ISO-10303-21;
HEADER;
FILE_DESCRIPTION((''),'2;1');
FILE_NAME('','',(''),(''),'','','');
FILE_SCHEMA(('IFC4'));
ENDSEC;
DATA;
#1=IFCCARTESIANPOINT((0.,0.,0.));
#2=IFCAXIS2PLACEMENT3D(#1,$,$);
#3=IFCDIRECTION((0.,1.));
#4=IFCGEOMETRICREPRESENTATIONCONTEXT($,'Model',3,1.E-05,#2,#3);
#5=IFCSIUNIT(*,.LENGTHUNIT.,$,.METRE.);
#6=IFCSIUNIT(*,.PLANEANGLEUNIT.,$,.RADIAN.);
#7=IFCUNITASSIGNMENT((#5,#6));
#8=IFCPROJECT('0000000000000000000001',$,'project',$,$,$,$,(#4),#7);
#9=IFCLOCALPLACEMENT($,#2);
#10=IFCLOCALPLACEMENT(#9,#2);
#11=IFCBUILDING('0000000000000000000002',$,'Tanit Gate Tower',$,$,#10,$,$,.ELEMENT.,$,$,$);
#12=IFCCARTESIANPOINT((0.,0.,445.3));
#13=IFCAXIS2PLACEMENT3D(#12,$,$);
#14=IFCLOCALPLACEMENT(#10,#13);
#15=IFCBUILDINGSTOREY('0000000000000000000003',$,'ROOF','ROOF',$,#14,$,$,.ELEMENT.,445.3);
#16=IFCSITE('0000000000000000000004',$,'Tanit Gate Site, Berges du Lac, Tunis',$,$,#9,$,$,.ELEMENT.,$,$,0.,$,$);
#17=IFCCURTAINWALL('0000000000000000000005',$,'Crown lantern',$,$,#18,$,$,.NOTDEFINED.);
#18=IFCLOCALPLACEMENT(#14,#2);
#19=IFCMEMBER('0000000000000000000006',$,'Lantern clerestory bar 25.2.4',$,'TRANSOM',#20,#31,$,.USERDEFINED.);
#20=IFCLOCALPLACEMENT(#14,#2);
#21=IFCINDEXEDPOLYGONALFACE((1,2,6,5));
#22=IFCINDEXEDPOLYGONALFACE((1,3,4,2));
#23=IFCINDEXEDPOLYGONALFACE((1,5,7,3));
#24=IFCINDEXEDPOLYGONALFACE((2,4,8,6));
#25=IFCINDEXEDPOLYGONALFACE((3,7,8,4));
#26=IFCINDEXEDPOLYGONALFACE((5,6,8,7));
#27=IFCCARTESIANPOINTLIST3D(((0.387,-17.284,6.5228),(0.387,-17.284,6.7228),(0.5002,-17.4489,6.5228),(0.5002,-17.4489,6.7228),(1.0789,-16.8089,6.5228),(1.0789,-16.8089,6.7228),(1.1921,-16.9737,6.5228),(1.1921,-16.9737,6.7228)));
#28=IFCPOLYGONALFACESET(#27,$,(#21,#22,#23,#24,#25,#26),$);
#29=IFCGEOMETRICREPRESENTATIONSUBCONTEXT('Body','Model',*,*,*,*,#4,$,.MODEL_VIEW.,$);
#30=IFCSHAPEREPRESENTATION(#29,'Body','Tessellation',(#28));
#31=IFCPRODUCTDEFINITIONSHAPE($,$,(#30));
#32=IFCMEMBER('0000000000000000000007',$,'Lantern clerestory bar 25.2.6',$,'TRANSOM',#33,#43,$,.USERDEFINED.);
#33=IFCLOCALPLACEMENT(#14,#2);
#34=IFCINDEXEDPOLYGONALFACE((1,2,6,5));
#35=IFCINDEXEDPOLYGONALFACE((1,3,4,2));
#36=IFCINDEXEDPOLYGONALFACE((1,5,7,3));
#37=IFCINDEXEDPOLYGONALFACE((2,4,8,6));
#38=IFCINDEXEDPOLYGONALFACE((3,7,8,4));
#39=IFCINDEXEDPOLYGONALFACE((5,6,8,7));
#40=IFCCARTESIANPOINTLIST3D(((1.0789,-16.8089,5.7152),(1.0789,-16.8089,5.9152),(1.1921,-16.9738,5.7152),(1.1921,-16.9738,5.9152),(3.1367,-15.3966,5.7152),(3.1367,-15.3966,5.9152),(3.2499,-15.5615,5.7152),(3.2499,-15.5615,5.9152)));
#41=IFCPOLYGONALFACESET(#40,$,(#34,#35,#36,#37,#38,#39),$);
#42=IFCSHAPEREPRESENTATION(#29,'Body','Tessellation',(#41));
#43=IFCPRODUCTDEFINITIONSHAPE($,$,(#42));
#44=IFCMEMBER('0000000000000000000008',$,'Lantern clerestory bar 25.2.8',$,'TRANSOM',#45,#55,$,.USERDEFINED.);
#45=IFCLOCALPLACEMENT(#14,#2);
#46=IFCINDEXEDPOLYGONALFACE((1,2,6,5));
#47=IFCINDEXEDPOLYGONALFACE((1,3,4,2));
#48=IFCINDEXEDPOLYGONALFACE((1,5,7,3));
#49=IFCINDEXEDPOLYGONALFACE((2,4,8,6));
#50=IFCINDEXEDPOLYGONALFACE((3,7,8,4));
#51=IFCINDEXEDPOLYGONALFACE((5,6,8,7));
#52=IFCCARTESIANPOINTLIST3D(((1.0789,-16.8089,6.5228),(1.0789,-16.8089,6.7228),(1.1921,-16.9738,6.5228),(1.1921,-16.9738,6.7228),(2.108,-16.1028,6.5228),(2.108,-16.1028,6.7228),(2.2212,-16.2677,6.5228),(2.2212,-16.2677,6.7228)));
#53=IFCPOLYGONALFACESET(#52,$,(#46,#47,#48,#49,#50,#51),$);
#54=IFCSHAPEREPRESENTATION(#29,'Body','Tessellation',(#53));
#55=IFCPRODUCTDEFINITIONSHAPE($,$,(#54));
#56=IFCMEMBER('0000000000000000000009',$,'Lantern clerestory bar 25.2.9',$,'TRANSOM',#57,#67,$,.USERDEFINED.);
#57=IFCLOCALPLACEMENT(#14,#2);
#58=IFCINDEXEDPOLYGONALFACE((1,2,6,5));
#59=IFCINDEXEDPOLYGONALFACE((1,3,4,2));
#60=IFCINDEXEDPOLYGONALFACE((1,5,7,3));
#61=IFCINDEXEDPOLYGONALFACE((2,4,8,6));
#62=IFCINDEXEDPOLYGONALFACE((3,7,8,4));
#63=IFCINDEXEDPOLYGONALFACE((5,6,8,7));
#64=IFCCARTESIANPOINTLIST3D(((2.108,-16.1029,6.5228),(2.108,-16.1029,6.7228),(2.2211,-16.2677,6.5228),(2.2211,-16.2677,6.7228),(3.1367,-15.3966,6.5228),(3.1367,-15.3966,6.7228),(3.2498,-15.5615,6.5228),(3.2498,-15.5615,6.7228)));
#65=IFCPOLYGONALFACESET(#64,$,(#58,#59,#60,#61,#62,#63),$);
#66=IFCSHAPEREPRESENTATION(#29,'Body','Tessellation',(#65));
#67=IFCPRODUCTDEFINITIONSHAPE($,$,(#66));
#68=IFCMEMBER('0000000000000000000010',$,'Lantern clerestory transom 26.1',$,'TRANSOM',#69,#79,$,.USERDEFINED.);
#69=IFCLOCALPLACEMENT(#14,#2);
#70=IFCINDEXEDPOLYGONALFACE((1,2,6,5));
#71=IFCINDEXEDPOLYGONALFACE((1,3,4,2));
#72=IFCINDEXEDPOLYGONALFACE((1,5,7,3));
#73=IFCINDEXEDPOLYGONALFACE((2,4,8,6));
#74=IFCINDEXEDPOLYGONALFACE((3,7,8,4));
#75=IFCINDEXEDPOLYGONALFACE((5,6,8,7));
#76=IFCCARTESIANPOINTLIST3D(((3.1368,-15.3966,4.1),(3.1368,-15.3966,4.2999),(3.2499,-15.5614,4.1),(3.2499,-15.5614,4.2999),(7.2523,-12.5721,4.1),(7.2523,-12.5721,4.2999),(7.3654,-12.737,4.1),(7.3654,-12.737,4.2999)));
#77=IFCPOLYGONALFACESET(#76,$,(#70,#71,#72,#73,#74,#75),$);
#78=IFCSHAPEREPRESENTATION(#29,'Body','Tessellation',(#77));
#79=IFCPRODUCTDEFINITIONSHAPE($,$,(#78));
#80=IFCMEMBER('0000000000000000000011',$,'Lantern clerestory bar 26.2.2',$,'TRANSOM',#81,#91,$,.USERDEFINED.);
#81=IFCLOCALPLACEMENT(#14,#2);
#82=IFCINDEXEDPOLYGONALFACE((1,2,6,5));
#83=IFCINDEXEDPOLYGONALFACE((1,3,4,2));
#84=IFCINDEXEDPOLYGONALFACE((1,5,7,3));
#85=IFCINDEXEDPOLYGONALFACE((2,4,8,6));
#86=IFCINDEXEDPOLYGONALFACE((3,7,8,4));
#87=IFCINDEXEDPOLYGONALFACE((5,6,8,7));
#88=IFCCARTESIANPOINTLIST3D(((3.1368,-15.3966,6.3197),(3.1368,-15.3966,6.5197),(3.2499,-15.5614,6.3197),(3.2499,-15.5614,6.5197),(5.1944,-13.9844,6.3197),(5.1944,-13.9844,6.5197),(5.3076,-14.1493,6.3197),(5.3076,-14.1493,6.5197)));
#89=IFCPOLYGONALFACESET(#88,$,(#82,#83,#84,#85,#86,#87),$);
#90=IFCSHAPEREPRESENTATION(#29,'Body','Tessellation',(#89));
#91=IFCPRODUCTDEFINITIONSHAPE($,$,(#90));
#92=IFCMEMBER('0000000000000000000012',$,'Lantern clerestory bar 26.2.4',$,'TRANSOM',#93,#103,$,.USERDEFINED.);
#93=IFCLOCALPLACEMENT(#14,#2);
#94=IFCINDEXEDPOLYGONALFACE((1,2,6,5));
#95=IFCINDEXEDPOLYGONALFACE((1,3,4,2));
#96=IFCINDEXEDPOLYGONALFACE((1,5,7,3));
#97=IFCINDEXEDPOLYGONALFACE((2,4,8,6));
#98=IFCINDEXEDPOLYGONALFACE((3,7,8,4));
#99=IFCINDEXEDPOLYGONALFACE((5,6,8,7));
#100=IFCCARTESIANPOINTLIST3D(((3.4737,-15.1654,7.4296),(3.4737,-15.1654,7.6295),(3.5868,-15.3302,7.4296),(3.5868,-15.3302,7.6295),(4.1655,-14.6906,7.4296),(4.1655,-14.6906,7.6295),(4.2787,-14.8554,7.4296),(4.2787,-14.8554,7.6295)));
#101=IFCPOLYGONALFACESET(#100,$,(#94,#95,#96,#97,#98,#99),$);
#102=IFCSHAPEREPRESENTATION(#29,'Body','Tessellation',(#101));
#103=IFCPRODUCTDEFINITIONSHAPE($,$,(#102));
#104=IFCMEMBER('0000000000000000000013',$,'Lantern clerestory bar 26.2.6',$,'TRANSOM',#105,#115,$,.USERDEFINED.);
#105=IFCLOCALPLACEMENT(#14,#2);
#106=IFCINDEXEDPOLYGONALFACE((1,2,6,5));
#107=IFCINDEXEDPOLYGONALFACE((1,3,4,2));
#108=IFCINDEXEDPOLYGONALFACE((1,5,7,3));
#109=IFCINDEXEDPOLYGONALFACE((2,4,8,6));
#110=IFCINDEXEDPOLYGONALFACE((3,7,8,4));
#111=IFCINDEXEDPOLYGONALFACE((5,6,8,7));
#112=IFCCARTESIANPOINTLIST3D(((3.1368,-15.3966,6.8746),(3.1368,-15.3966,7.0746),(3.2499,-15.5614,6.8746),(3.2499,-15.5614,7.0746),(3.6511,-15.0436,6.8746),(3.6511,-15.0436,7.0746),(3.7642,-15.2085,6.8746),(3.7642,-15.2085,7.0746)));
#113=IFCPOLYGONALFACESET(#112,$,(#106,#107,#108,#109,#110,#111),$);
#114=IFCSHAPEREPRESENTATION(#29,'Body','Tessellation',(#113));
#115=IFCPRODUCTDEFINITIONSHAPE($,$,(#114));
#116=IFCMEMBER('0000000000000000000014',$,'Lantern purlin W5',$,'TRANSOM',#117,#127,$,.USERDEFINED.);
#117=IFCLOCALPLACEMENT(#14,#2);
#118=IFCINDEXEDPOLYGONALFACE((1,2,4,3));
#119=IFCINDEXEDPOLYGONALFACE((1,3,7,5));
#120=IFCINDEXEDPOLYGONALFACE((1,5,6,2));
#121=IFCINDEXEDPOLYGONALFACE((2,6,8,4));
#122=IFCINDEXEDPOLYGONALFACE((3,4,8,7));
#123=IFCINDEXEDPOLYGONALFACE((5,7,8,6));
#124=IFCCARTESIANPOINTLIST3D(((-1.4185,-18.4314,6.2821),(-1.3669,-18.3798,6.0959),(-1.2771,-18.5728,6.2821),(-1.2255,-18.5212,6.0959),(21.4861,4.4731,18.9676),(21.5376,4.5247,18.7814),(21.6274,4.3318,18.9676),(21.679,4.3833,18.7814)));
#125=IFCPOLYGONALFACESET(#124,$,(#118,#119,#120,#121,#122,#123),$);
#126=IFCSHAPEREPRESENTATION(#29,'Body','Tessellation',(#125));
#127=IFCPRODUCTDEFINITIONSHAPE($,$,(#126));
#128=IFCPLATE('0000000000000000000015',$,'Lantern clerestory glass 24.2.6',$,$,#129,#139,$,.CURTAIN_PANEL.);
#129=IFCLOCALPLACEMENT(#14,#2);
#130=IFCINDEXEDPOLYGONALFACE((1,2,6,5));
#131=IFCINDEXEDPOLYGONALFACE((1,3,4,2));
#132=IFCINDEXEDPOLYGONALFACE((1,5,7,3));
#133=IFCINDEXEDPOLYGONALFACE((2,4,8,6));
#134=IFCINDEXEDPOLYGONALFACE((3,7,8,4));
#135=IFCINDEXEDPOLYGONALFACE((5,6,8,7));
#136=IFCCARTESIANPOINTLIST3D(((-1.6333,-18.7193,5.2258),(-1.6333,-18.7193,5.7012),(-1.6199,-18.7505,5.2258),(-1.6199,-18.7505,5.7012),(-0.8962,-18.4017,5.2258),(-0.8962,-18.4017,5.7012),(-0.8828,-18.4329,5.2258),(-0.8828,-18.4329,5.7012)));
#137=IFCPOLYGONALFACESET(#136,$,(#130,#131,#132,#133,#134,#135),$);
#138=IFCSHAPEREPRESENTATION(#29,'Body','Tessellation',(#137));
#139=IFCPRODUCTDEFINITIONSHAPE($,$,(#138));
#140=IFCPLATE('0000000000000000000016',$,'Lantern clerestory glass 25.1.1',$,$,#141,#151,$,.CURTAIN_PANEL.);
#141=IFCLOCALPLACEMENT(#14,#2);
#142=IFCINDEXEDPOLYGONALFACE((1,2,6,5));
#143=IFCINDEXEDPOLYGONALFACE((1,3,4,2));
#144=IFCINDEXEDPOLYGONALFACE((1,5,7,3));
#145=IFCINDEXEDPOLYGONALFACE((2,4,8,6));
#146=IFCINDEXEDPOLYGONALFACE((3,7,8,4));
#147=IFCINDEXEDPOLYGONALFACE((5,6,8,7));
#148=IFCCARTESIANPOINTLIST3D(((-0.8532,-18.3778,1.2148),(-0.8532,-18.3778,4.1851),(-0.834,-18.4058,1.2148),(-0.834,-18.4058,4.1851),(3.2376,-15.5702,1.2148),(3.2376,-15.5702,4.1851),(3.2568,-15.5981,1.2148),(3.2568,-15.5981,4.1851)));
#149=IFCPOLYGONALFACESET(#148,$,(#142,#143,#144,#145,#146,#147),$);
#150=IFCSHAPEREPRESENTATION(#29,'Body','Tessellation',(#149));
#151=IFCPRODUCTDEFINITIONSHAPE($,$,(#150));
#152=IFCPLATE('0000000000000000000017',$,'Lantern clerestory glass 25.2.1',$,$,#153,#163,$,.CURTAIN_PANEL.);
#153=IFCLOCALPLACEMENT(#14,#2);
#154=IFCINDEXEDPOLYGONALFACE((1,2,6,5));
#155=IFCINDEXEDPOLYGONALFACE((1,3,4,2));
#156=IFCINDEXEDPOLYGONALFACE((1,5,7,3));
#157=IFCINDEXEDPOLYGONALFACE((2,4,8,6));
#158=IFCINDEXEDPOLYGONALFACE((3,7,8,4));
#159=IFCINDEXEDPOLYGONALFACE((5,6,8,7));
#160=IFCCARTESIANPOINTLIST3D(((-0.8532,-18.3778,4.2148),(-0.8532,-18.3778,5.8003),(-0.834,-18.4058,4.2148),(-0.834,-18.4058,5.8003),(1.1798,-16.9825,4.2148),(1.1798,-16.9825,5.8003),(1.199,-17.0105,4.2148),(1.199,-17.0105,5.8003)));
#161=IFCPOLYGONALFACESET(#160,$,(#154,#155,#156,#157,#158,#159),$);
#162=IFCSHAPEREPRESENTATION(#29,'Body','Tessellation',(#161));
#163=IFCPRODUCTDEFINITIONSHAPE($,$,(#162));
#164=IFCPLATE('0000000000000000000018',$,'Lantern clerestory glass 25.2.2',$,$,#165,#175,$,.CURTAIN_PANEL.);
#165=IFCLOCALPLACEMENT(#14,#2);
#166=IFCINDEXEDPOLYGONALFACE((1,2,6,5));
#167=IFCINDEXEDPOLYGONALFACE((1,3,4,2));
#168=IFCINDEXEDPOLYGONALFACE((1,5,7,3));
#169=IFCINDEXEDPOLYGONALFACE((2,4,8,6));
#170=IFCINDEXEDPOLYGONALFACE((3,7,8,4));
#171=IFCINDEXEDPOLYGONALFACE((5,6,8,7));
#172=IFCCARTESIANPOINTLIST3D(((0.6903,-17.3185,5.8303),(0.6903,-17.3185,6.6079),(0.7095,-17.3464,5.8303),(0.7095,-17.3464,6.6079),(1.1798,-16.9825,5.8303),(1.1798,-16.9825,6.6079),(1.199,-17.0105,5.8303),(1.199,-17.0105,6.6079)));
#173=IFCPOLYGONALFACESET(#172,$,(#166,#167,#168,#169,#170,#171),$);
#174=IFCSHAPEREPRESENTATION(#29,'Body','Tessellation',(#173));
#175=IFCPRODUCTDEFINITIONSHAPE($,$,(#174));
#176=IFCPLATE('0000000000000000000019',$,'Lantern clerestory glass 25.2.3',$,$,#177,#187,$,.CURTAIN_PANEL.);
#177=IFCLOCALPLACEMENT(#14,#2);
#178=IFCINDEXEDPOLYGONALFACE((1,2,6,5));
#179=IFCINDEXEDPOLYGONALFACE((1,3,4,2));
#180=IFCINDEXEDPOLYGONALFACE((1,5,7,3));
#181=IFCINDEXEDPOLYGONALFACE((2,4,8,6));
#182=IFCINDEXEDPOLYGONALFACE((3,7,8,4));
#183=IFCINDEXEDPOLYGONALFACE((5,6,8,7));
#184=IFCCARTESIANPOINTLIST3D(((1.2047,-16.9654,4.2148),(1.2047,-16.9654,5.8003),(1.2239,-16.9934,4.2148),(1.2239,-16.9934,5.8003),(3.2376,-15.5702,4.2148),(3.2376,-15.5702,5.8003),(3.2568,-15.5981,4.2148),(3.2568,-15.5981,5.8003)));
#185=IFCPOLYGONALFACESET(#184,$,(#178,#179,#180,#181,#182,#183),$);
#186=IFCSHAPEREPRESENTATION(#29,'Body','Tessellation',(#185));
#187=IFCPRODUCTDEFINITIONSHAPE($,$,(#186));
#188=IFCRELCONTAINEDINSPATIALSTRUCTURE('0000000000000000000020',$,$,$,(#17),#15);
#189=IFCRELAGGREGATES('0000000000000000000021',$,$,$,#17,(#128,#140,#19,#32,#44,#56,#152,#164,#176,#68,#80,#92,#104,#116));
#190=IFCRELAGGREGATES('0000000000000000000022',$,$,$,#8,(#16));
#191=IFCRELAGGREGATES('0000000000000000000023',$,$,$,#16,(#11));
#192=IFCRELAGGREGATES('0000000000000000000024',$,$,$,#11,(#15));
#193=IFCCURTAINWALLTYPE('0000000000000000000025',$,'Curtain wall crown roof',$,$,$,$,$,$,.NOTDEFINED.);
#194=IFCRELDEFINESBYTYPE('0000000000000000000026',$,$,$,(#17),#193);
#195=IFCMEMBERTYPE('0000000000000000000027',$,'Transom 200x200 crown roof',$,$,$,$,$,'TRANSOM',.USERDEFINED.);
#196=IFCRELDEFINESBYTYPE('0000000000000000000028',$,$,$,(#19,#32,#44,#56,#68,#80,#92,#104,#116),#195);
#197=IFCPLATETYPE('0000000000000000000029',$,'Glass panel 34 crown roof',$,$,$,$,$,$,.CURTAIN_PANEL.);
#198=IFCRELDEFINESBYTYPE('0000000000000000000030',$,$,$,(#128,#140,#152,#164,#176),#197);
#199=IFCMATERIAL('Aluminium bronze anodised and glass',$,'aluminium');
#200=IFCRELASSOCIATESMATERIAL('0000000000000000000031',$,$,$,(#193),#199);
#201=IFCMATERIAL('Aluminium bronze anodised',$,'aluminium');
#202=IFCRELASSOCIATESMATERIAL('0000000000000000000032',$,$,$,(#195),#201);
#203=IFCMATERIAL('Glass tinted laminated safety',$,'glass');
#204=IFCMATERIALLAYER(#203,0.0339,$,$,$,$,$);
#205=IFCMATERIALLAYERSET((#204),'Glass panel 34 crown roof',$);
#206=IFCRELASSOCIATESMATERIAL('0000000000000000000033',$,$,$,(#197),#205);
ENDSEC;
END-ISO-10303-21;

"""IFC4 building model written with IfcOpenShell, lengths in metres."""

from ifc_helpers import new_model, si_unit, direction, frame, origin, origin_2d, place, context, subcontext, project, spatial, polyline, rectangle, outline, extrude, material, layer, layer_set, material_profile, profile_set, type_object, element, aggregate, save


model = new_model("IFC4")

# Units and contexts
model_context = context("Model", 3, precision=1e-05, world=origin(), true_north=direction((0.0, 1.0)))
body_context = subcontext(model_context, "Body", "Model", "MODEL_VIEW")
ifc_project = project(units=[si_unit("LENGTHUNIT", "METRE"), si_unit("PLANEANGLEUNIT", "RADIAN")], contexts=[model_context])

# Site, building, storey
site_placement = place(None, origin())
site = spatial("IfcSite", under=ifc_project, at=site_placement, Name="Tanit Gate Site, Berges du Lac, Tunis", CompositionType="ELEMENT", RefElevation=0.0)
building_placement = place(site_placement, origin())
building = spatial("IfcBuilding", under=site, at=building_placement, Name="Tanit Gate Tower", CompositionType="ELEMENT")
storey_placement = place(building_placement, frame((0.0, 0.0, 445.3)))
storey = spatial("IfcBuildingStorey", under=building, at=storey_placement, Name="ROOF", Description="ROOF", CompositionType="ELEMENT", Elevation=445.3)

# Curtain wall, members, plates
ifc_material_1 = material(Name="Aluminium bronze anodised and glass", Category="aluminium")
curtain_wall_type = type_object("IfcCurtainWallType", Name="Curtain wall crown roof", PredefinedType="NOTDEFINED", material=ifc_material_1)
curtain_wall_placement = place(storey_placement, origin())
curtain_wall = element("IfcCurtainWall", 1, at=curtain_wall_placement, inside=storey, type_object=curtain_wall_type, Name="Crown lantern", PredefinedType="NOTDEFINED")
ifc_material_2 = material(Name="Aluminium bronze anodised", Category="aluminium")
ifc_material_profile_1 = material_profile(ifc_material_2, rectangle(XDim=0.2, YDim=0.2, at=origin_2d()), Name="200x200 bronze transom")
ifc_profile_set_1 = profile_set([ifc_material_profile_1], Name="Aluminium bronze anodised")
member_type_1 = type_object("IfcMemberType", Name="Transom 200x200 crown roof", ElementType="TRANSOM", PredefinedType="USERDEFINED", material=ifc_profile_set_1)
member_1_placement = place(storey_placement, frame((0.4436, -17.3665, 6.6228), z_axis=(0.824364, 0.56606, 0.0), x_axis=(-0.56606, 0.824364, 0.0)))
member_1 = element("IfcMember", 2, at=member_1_placement, type_object=member_type_1, Name="Lantern clerestory bar 25.2.4", ObjectType="TRANSOM", PredefinedType="USERDEFINED", context=body_context, shape_type="SweptSolid", body=[
    extrude(rectangle(XDim=0.2, YDim=0.2, at=origin_2d()), origin(), (0.0, 0.0, 1.0), 0.8394),
])
member_2_placement = place(storey_placement, frame((1.1355, -16.8914, 5.8152), z_axis=(0.824495, 0.565869, 0.0), x_axis=(-0.565869, 0.824495, 0.0)))
member_2 = element("IfcMember", 3, at=member_2_placement, type_object=member_type_1, Name="Lantern clerestory bar 25.2.6", ObjectType="TRANSOM", PredefinedType="USERDEFINED", context=body_context, shape_type="SweptSolid", body=[
    extrude(rectangle(XDim=0.2, YDim=0.2, at=origin_2d()), origin(), (0.0, 0.0, 1.0), 2.4958),
])
member_3_placement = place(storey_placement, frame((1.1355, -16.8914, 6.6228), z_axis=(0.824572, 0.565756, 0.0), x_axis=(-0.565756, 0.824572, 0.0)))
member_3 = element("IfcMember", 4, at=member_3_placement, type_object=member_type_1, Name="Lantern clerestory bar 25.2.8", ObjectType="TRANSOM", PredefinedType="USERDEFINED", context=body_context, shape_type="SweptSolid", body=[
    extrude(rectangle(XDim=0.2, YDim=0.2, at=origin_2d()), origin(), (0.0, 0.0, 1.0), 1.248),
])
member_4_placement = place(storey_placement, frame((2.1646, -16.1853, 6.6228), z_axis=(0.824418, 0.565981, 0.0), x_axis=(-0.565981, 0.824418, 0.0)))
member_4 = element("IfcMember", 5, at=member_4_placement, type_object=member_type_1, Name="Lantern clerestory bar 25.2.9", ObjectType="TRANSOM", PredefinedType="USERDEFINED", context=body_context, shape_type="SweptSolid", body=[
    extrude(rectangle(XDim=0.2, YDim=0.2, at=origin_2d()), origin(), (0.0, 0.0, 1.0), 1.2478),
])
member_5_placement = place(storey_placement, frame((3.1934, -15.479, 4.2), z_axis=(0.824503, 0.565858, 0.0), x_axis=(-0.565858, 0.824503, 0.0)))
member_5 = element("IfcMember", 6, at=member_5_placement, type_object=member_type_1, Name="Lantern clerestory transom 26.1", ObjectType="TRANSOM", PredefinedType="USERDEFINED", context=body_context, shape_type="SweptSolid", body=[
    extrude(rectangle(XDim=0.2, YDim=0.2, at=origin_2d()), origin(), (0.0, 0.0, 1.0), 4.9915),
])
member_6_placement = place(storey_placement, frame((3.1934, -15.479, 6.4197), z_axis=(0.82451, 0.565848, 0.0), x_axis=(-0.565848, 0.82451, 0.0)))
member_6 = element("IfcMember", 7, at=member_6_placement, type_object=member_type_1, Name="Lantern clerestory bar 26.2.2", ObjectType="TRANSOM", PredefinedType="USERDEFINED", context=body_context, shape_type="SweptSolid", body=[
    extrude(rectangle(XDim=0.2, YDim=0.2, at=origin_2d()), origin(), (0.0, 0.0, 1.0), 2.4956),
])
member_7_placement = place(storey_placement, frame((3.5303, -15.2478, 7.5295), z_axis=(0.8245, 0.565862, 0.0), x_axis=(-0.565862, 0.8245, 0.0)))
member_7 = element("IfcMember", 8, at=member_7_placement, type_object=member_type_1, Name="Lantern clerestory bar 26.2.4", ObjectType="TRANSOM", PredefinedType="USERDEFINED", context=body_context, shape_type="SweptSolid", body=[
    extrude(rectangle(XDim=0.2, YDim=0.2, at=origin_2d()), origin(), (0.0, 0.0, 1.0), 0.8391),
])
member_8_placement = place(storey_placement, frame((3.1934, -15.479, 6.9746), z_axis=(0.82451, 0.565848, 0.0), x_axis=(-0.565848, 0.82451, 0.0)))
member_8 = element("IfcMember", 9, at=member_8_placement, type_object=member_type_1, Name="Lantern clerestory bar 26.2.6", ObjectType="TRANSOM", PredefinedType="USERDEFINED", context=body_context, shape_type="SweptSolid", body=[
    extrude(rectangle(XDim=0.2, YDim=0.2, at=origin_2d()), origin(), (0.0, 0.0, 1.0), 0.6238),
])
member_9_placement = place(storey_placement, frame((-1.322, -18.4763, 6.189), z_axis=(0.658416, 0.658416, 0.36466), x_axis=(-0.707107, 0.707107, 0.0)))
member_9 = element("IfcMember", 10, at=member_9_placement, type_object=member_type_1, Name="Lantern purlin W5", ObjectType="TRANSOM", PredefinedType="USERDEFINED", context=body_context, shape_type="SweptSolid", body=[
    extrude(rectangle(XDim=0.2, YDim=0.2, at=origin_2d()), origin(), (0.0, 0.0, 1.0), 34.7874),
])
ifc_material_3 = material(Name="Glass tinted laminated safety", Category="glass")
ifc_layer_1 = layer(ifc_material_3, 0.0339)
ifc_layer_set_1 = layer_set([ifc_layer_1], Name="Glass panel 34 crown roof")
plate_type = type_object("IfcPlateType", Name="Glass panel 34 crown roof", PredefinedType="CURTAIN_PANEL", material=ifc_layer_set_1)
plate_1_placement = place(storey_placement, frame((-1.6199, -18.7505, 5.2258), z_axis=(0.395754, -0.918356, 0.0), x_axis=(0.918356, 0.395754, 0.0)))
plate_1 = element("IfcPlate", 11, at=plate_1_placement, type_object=plate_type, Name="Lantern clerestory glass 24.2.6", PredefinedType="CURTAIN_PANEL", context=body_context, shape_type="SweptSolid", body=[
    extrude(outline(polyline([(0.0, 0.0), (0.8026, 0.0), (0.8026, 0.4753), (0.0, 0.4753), (0.0, 0.0)])), origin(), (0.0, 0.0, -1.0), 0.0339),
])
plate_2_placement = place(storey_placement, frame((-0.834, -18.4058, 1.2148), z_axis=(0.565869, -0.824495, 0.0), x_axis=(0.824495, 0.565869, 0.0)))
plate_2 = element("IfcPlate", 12, at=plate_2_placement, type_object=plate_type, Name="Lantern clerestory glass 25.1.1", PredefinedType="CURTAIN_PANEL", context=body_context, shape_type="SweptSolid", body=[
    extrude(outline(polyline([(0.0, 0.0), (4.9616, 0.0), (4.9616, 2.9702), (0.0, 2.9702), (0.0, 0.0)])), origin(), (0.0, 0.0, -1.0), 0.0339),
])
plate_3_placement = place(storey_placement, frame((-0.834, -18.4058, 4.2148), z_axis=(0.565869, -0.824495, 0.0), x_axis=(0.824495, 0.565869, 0.0)))
plate_3 = element("IfcPlate", 13, at=plate_3_placement, type_object=plate_type, Name="Lantern clerestory glass 25.2.1", PredefinedType="CURTAIN_PANEL", context=body_context, shape_type="SweptSolid", body=[
    extrude(outline(polyline([(0.0, 0.0), (2.4657, 0.0), (2.4657, 1.5854), (0.0, 1.5854), (0.0, 0.0)])), origin(), (0.0, 0.0, -1.0), 0.0339),
])
plate_4_placement = place(storey_placement, frame((0.7095, -17.3464, 5.8303), z_axis=(0.565848, -0.82451, 0.0), x_axis=(0.82451, 0.565848, 0.0)))
plate_4 = element("IfcPlate", 14, at=plate_4_placement, type_object=plate_type, Name="Lantern clerestory glass 25.2.2", PredefinedType="CURTAIN_PANEL", context=body_context, shape_type="SweptSolid", body=[
    extrude(outline(polyline([(0.0, 0.0), (0.5937, 0.0), (0.5937, 0.7776), (0.0, 0.7776), (0.0, 0.0)])), origin(), (0.0, 0.0, -1.0), 0.0339),
])
plate_5_placement = place(storey_placement, frame((1.2239, -16.9934, 4.2148), z_axis=(0.565869, -0.824495, 0.0), x_axis=(0.824495, 0.565869, 0.0)))
plate_5 = element("IfcPlate", 15, at=plate_5_placement, type_object=plate_type, Name="Lantern clerestory glass 25.2.3", PredefinedType="CURTAIN_PANEL", context=body_context, shape_type="SweptSolid", body=[
    extrude(outline(polyline([(0.0, 0.0), (2.4657, 0.0), (2.4657, 1.5854), (0.0, 1.5854), (0.0, 0.0)])), origin(), (0.0, 0.0, -1.0), 0.0339),
])
aggregate(curtain_wall, [plate_1, plate_2, member_1, member_2, member_3, member_4, plate_3, plate_4, plate_5, member_5, member_6, member_7, member_8, member_9])

save(model, "model.ifc")
